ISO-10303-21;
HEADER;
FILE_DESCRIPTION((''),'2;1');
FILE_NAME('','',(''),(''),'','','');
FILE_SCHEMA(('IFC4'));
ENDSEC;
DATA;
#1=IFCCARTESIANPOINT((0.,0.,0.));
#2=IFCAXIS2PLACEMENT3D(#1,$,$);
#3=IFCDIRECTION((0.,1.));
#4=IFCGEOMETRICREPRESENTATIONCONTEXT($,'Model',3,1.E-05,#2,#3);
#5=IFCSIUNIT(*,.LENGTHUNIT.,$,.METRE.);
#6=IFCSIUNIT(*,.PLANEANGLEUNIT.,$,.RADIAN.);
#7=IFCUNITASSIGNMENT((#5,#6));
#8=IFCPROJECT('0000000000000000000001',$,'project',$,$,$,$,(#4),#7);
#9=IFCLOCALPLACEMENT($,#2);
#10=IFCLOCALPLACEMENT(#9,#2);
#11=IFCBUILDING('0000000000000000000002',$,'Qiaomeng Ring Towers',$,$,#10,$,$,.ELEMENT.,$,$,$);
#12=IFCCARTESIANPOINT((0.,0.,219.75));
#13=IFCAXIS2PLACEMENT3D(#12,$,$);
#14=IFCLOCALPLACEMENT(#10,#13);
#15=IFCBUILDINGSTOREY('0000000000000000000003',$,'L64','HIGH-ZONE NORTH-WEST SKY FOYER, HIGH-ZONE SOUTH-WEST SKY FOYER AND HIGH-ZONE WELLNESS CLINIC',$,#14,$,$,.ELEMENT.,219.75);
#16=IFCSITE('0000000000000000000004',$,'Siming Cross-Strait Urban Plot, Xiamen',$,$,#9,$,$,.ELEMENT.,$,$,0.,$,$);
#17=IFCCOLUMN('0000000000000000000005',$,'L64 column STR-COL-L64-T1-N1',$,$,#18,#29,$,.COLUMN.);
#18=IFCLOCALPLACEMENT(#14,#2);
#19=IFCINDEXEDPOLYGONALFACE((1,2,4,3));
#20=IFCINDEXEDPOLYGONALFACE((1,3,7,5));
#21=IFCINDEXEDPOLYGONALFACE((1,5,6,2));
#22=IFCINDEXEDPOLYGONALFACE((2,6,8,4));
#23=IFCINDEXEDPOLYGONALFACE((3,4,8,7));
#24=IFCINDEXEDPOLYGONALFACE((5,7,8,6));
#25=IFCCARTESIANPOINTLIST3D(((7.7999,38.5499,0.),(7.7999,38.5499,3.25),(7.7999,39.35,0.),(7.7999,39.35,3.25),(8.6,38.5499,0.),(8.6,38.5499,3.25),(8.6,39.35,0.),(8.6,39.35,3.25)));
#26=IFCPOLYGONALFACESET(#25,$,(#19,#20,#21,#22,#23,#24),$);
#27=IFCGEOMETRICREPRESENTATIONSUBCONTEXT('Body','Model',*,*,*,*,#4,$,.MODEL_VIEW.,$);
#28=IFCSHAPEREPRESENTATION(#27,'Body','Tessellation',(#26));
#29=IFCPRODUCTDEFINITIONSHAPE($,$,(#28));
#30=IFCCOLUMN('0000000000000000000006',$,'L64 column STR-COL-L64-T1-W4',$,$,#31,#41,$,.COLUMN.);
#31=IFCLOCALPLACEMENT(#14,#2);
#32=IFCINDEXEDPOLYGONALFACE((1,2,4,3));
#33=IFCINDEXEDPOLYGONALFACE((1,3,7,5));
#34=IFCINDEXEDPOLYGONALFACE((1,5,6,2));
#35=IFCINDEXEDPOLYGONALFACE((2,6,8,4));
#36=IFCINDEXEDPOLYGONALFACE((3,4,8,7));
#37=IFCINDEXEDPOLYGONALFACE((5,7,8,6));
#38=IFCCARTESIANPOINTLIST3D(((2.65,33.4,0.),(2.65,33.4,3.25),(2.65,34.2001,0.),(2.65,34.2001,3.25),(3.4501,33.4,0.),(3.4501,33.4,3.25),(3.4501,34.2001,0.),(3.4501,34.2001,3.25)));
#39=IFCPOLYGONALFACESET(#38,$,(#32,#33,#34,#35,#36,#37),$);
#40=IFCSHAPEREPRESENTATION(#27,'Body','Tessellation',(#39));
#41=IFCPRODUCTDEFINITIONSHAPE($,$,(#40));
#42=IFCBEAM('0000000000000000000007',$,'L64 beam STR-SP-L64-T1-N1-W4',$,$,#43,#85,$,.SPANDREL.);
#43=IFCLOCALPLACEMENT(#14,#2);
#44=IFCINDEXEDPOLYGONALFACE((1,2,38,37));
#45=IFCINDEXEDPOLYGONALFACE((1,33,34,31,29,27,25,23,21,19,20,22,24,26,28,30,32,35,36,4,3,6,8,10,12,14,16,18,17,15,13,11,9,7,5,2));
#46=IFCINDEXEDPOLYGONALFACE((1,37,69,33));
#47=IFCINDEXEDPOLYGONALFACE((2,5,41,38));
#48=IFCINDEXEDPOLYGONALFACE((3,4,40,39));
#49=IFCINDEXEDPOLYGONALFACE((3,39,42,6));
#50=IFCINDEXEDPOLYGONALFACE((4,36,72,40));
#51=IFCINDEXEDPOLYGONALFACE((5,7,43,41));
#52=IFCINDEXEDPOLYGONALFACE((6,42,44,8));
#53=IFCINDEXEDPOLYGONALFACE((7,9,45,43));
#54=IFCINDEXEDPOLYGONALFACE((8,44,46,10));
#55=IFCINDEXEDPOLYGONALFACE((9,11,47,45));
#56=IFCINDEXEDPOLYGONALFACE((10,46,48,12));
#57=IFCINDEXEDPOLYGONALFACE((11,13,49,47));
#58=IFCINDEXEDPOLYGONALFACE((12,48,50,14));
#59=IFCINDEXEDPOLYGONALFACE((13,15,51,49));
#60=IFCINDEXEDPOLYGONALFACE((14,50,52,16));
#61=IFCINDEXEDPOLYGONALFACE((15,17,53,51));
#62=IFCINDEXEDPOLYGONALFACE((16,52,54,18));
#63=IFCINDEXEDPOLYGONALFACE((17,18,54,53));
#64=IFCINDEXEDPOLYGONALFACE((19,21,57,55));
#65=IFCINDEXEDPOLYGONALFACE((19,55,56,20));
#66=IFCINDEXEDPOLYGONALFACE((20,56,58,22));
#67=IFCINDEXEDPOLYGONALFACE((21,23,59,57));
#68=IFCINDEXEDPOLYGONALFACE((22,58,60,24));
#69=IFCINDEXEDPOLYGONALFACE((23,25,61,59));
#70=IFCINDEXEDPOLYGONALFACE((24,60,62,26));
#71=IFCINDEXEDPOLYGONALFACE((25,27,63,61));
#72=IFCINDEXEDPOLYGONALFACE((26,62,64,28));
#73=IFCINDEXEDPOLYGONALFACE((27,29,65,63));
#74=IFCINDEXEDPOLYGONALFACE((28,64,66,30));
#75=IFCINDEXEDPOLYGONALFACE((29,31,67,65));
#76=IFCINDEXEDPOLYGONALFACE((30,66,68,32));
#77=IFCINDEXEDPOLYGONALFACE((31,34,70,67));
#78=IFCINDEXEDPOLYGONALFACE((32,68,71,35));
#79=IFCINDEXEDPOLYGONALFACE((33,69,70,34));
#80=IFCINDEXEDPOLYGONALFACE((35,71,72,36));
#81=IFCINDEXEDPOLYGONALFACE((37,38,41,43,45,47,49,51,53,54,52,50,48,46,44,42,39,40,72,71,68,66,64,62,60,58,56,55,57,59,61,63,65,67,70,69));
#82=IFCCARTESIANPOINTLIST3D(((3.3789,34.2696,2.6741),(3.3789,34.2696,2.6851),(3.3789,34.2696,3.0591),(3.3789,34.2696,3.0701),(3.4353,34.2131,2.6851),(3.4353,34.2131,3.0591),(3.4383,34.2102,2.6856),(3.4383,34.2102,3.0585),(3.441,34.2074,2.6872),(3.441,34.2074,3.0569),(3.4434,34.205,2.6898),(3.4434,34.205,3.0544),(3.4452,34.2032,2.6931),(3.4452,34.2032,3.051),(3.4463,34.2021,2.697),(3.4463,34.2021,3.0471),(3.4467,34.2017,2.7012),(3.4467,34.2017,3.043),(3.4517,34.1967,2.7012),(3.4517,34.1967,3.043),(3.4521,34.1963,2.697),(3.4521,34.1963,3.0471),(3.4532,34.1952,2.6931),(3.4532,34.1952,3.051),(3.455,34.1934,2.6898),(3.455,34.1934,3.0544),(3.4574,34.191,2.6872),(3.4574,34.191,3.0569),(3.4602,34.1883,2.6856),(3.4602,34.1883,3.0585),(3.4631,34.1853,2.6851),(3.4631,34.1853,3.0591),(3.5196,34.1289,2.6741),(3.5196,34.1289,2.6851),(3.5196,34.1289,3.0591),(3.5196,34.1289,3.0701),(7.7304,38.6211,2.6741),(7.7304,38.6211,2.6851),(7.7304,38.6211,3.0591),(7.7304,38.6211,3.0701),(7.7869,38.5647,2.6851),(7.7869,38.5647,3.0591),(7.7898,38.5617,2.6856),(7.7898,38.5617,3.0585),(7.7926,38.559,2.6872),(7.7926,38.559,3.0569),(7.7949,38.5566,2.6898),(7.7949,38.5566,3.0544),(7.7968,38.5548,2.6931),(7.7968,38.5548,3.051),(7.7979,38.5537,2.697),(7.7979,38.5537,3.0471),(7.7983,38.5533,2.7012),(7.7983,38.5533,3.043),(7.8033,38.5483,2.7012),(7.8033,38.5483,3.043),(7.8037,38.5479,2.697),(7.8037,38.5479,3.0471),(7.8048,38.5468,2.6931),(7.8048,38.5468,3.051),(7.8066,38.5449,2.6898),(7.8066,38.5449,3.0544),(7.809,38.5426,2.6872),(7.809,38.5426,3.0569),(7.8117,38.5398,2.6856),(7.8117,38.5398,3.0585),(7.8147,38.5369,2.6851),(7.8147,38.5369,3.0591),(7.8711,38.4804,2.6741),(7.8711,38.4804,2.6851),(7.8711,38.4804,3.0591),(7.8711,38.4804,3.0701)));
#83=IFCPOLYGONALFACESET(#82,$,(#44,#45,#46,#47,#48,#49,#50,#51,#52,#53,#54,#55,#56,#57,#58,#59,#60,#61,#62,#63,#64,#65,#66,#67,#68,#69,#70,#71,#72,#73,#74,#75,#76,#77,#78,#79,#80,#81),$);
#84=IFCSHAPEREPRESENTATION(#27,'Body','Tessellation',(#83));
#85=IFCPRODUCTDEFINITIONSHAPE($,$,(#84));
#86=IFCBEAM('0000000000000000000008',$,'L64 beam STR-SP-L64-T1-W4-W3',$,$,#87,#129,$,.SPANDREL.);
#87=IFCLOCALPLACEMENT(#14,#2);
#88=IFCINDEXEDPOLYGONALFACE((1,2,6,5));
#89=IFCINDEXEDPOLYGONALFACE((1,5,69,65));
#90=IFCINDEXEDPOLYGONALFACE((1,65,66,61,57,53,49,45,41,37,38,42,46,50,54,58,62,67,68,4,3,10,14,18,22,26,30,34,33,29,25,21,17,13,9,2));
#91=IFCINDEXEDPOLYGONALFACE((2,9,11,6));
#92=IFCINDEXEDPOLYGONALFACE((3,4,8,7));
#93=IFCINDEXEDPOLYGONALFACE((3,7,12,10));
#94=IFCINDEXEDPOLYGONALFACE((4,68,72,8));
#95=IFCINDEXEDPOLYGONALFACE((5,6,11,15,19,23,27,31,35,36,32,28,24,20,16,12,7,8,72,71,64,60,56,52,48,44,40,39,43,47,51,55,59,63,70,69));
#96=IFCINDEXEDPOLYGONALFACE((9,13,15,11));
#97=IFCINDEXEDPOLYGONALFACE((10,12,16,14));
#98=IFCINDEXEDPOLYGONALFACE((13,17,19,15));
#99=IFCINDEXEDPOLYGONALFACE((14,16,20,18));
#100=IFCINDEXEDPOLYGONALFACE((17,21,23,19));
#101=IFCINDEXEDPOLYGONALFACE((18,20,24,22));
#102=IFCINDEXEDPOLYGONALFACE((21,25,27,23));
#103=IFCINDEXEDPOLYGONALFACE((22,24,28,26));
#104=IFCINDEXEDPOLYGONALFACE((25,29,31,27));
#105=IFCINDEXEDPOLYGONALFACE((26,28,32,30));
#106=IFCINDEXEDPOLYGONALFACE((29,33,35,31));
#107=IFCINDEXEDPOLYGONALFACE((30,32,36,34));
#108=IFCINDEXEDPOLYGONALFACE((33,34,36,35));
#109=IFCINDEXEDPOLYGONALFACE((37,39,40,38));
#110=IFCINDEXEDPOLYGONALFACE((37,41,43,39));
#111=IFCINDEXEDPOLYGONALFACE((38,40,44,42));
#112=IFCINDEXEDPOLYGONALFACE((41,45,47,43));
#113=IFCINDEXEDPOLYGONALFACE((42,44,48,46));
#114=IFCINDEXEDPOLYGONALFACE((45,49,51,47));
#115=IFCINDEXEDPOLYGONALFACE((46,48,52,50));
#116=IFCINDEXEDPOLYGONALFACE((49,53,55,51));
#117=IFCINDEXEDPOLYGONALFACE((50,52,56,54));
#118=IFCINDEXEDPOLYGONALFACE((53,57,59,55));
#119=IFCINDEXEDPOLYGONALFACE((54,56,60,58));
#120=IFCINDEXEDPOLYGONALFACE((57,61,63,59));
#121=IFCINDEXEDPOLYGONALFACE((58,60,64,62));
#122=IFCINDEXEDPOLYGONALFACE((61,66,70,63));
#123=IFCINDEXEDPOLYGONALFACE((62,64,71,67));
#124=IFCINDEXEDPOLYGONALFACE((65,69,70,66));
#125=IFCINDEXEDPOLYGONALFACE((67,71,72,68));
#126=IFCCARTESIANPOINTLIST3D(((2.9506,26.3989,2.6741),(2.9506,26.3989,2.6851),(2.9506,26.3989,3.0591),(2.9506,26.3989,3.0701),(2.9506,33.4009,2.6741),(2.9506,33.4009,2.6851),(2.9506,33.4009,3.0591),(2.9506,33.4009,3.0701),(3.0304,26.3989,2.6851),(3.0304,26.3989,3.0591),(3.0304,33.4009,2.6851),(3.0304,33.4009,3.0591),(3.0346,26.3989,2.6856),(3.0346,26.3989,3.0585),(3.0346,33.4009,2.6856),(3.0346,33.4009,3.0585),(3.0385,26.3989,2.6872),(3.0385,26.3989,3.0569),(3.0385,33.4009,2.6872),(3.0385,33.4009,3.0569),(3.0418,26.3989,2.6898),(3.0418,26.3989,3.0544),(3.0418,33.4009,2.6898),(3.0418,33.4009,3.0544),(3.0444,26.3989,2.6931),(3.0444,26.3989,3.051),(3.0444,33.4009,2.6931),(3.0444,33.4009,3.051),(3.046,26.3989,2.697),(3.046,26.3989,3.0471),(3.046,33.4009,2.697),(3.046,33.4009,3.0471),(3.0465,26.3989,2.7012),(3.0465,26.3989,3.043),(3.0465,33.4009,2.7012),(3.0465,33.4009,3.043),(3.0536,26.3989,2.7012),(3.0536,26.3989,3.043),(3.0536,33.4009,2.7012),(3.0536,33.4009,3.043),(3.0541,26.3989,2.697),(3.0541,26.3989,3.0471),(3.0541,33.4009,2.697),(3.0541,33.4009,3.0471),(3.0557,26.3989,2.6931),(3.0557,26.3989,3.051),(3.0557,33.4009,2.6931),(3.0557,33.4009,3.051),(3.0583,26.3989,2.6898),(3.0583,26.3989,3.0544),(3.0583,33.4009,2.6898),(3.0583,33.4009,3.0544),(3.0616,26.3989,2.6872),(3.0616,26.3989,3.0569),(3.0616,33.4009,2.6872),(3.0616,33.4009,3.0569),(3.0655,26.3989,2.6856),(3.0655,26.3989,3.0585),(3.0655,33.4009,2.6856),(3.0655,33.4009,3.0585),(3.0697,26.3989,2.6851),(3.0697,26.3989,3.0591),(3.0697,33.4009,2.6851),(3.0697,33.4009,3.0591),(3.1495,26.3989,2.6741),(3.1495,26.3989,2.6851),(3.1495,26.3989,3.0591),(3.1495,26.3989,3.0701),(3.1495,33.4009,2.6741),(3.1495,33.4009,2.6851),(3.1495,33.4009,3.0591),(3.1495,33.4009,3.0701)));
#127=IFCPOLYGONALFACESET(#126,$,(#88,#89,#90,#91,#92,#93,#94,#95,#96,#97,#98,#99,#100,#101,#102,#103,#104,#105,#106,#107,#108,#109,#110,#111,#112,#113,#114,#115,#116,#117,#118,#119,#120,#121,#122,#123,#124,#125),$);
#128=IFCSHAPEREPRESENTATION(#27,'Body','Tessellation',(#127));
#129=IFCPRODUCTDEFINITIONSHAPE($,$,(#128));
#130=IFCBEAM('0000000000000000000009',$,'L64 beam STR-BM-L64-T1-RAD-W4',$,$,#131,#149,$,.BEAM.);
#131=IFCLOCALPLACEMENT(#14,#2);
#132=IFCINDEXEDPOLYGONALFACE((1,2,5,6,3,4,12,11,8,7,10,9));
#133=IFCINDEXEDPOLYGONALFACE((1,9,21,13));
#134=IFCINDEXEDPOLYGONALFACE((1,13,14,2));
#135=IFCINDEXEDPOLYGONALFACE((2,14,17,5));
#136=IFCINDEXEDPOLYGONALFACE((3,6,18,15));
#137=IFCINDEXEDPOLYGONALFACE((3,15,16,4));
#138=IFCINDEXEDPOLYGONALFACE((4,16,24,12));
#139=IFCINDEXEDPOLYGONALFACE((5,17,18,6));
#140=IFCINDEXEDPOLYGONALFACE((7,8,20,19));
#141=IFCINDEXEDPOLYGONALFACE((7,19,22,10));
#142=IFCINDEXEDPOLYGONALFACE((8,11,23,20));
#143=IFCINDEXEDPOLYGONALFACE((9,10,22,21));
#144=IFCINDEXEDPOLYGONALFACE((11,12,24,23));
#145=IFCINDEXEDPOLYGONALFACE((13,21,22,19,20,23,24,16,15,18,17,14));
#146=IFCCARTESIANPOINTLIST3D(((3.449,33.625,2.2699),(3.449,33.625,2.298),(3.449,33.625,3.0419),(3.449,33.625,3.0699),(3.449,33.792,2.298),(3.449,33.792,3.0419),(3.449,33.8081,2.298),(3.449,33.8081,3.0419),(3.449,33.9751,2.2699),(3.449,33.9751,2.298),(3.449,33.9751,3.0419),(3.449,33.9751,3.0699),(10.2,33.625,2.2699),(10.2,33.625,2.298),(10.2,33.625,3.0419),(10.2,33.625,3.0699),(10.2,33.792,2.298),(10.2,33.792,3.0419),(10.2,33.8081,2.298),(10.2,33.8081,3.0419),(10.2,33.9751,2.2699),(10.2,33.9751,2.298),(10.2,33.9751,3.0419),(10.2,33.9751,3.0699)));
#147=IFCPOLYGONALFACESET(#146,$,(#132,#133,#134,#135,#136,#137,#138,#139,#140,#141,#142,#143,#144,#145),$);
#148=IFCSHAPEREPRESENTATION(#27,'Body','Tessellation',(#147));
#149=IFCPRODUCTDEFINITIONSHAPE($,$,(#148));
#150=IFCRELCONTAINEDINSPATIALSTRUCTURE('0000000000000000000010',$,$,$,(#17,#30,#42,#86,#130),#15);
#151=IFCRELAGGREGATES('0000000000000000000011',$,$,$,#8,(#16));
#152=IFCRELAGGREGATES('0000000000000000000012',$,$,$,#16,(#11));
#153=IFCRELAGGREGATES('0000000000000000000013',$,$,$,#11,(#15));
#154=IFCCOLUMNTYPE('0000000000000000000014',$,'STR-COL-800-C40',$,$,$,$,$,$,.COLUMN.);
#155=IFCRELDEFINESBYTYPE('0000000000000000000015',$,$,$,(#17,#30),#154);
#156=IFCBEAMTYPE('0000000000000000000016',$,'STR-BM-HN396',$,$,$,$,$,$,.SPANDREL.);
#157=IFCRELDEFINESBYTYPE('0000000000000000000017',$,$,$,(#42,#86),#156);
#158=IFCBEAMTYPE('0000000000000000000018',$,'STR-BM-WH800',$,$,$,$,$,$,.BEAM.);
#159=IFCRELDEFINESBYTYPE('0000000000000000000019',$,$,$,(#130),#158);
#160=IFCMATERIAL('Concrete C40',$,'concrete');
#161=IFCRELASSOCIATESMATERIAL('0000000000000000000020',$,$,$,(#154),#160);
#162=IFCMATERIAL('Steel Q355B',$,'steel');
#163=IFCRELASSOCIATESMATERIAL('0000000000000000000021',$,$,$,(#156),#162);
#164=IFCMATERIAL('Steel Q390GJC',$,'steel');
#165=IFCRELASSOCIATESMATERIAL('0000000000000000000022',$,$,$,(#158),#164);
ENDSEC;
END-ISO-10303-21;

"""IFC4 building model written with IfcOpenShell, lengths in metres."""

from ifc_helpers import new_model, si_unit, direction, frame, origin, origin_2d, place, context, subcontext, project, spatial, rectangle, i_section, extrude, source, transform, mapped, material, material_profile, profile_set, type_object, element, save


model = new_model("IFC4")

# Units and contexts
model_context = context("Model", 3, precision=1e-05, world=origin(), true_north=direction((0.0, 1.0)))
body_context = subcontext(model_context, "Body", "Model", "MODEL_VIEW")
ifc_project = project(units=[si_unit("LENGTHUNIT", "METRE"), si_unit("PLANEANGLEUNIT", "RADIAN")], contexts=[model_context])

# Site, building, storey
site_placement = place(None, origin())
site = spatial("IfcSite", under=ifc_project, at=site_placement, Name="Siming Cross-Strait Urban Plot, Xiamen", CompositionType="ELEMENT", RefElevation=0.0)
building_placement = place(site_placement, origin())
building = spatial("IfcBuilding", under=site, at=building_placement, Name="Qiaomeng Ring Towers", CompositionType="ELEMENT")
storey_placement = place(building_placement, frame((0.0, 0.0, 219.75)))
storey = spatial("IfcBuildingStorey", under=building, at=storey_placement, Name="L64", Description="HIGH-ZONE NORTH-WEST SKY FOYER, HIGH-ZONE SOUTH-WEST SKY FOYER AND HIGH-ZONE WELLNESS CLINIC", CompositionType="ELEMENT", Elevation=219.75)

# Columns
ifc_material_1 = material(Name="Concrete C40", Category="concrete")
ifc_material_profile_1 = material_profile(ifc_material_1, rectangle(XDim=0.8, YDim=0.8, at=origin_2d()), Name="RC COL 800x800")
ifc_profile_set_1 = profile_set([ifc_material_profile_1], Name="Concrete C40")
column_type = type_object("IfcColumnType", Name="STR-COL-800-C40", PredefinedType="COLUMN", material=ifc_profile_set_1)
shared_shape_1 = source(origin(), body_context, "Body", "SweptSolid", [
    extrude(rectangle(XDim=0.8, YDim=0.8, at=origin_2d()), origin(), (0.0, 0.0, 1.0), 3.25),
])
for number, where, z_axis, x_axis, name in (
    (1, (8.2, 38.95, 0.0), (0.0, 0.0, 1.0), (1.0, 0.0, 0.0), "L64 column STR-COL-L64-T1-N1"),
    (2, (3.05, 33.8, 0.0), (0.0, 0.0, 1.0), (1.0, 0.0, 0.0), "L64 column STR-COL-L64-T1-W4"),
):
    element("IfcColumn", number, at=place(storey_placement, frame(where, z_axis=z_axis, x_axis=x_axis)), inside=storey, type_object=column_type, Name=name, PredefinedType="COLUMN", context=body_context, shape_type="MappedRepresentation", body=[
        mapped(shared_shape_1, transform((0.0, 0.0, 0.0), x_axis=(1.0, 0.0, 0.0), y_axis=(0.0, 1.0, 0.0), z_axis=(0.0, 0.0, 1.0), scale=1.0)),
    ])

# Beams
ifc_material_2 = material(Name="Steel Q355B", Category="steel")
ifc_material_profile_2 = material_profile(ifc_material_2, i_section(OverallWidth=0.199, OverallDepth=0.396, WebThickness=0.0071, FlangeThickness=0.011, FilletRadius=0.0161, at=origin_2d()), Name="HN 396x199x7x11")
ifc_profile_set_2 = profile_set([ifc_material_profile_2], Name="Steel Q355B")
beam_type_1 = type_object("IfcBeamType", Name="STR-BM-HN396", PredefinedType="SPANDREL", material=ifc_profile_set_2)
shared_shape_2 = source(origin(), body_context, "Body", "SweptSolid", [
    extrude(i_section(OverallWidth=0.199, OverallDepth=0.396, WebThickness=0.0071, FlangeThickness=0.011, FilletRadius=0.0161, at=origin_2d()), origin(), (0.0, 0.0, 1.0), 6.1541),
])
beam_1_placement = place(storey_placement, frame((7.8008, 38.5508, 2.8721), z_axis=(-0.707107, -0.707107, 0.0), x_axis=(0.707107, -0.707107, 0.0)))
element("IfcBeam", 3, at=beam_1_placement, inside=storey, type_object=beam_type_1, Name="L64 beam STR-SP-L64-T1-N1-W4", PredefinedType="SPANDREL", context=body_context, shape_type="MappedRepresentation", body=[
    mapped(shared_shape_2, transform((0.0, 0.0, 0.0), x_axis=(1.0, 0.0, 0.0), y_axis=(0.0, 1.0, 0.0), z_axis=(0.0, 0.0, 1.0), scale=1.0)),
])
shared_shape_3 = source(origin(), body_context, "Body", "SweptSolid", [
    extrude(i_section(OverallWidth=0.199, OverallDepth=0.396, WebThickness=0.0071, FlangeThickness=0.011, FilletRadius=0.0161, at=origin_2d()), origin(), (0.0, 0.0, 1.0), 7.002),
])
beam_2_placement = place(storey_placement, frame((3.05, 33.4009, 2.8721), z_axis=(0.0, -1.0, 0.0), x_axis=(1.0, 0.0, 0.0)))
element("IfcBeam", 4, at=beam_2_placement, inside=storey, type_object=beam_type_1, Name="L64 beam STR-SP-L64-T1-W4-W3", PredefinedType="SPANDREL", context=body_context, shape_type="MappedRepresentation", body=[
    mapped(shared_shape_3, transform((0.0, 0.0, 0.0), x_axis=(1.0, 0.0, 0.0), y_axis=(0.0, 1.0, 0.0), z_axis=(0.0, 0.0, 1.0), scale=1.0)),
])
ifc_material_3 = material(Name="Steel Q390GJC", Category="steel")
ifc_material_profile_3 = material_profile(ifc_material_3, i_section(OverallWidth=0.3501, OverallDepth=0.8, WebThickness=0.0161, FlangeThickness=0.0281, at=origin_2d()), Name="WH 800x350x16x28")
ifc_profile_set_3 = profile_set([ifc_material_profile_3], Name="Steel Q390GJC")
beam_type_2 = type_object("IfcBeamType", Name="STR-BM-WH800", PredefinedType="BEAM", material=ifc_profile_set_3)
shared_shape_4 = source(origin(), body_context, "Body", "SweptSolid", [
    extrude(i_section(OverallWidth=0.3501, OverallDepth=0.8, WebThickness=0.0161, FlangeThickness=0.0281, at=origin_2d()), origin(), (0.0, 0.0, 1.0), 6.751),
])
beam_3_placement = place(storey_placement, frame((3.449, 33.8, 2.6699), z_axis=(1.0, 0.0, 0.0), x_axis=(0.0, 1.0, 0.0)))
element("IfcBeam", 5, at=beam_3_placement, inside=storey, type_object=beam_type_2, Name="L64 beam STR-BM-L64-T1-RAD-W4", PredefinedType="BEAM", context=body_context, shape_type="MappedRepresentation", body=[
    mapped(shared_shape_4, transform((0.0, 0.0, 0.0), x_axis=(1.0, 0.0, 0.0), y_axis=(0.0, 1.0, 0.0), z_axis=(0.0, 0.0, 1.0), scale=1.0)),
])

save(model, "model.ifc")
